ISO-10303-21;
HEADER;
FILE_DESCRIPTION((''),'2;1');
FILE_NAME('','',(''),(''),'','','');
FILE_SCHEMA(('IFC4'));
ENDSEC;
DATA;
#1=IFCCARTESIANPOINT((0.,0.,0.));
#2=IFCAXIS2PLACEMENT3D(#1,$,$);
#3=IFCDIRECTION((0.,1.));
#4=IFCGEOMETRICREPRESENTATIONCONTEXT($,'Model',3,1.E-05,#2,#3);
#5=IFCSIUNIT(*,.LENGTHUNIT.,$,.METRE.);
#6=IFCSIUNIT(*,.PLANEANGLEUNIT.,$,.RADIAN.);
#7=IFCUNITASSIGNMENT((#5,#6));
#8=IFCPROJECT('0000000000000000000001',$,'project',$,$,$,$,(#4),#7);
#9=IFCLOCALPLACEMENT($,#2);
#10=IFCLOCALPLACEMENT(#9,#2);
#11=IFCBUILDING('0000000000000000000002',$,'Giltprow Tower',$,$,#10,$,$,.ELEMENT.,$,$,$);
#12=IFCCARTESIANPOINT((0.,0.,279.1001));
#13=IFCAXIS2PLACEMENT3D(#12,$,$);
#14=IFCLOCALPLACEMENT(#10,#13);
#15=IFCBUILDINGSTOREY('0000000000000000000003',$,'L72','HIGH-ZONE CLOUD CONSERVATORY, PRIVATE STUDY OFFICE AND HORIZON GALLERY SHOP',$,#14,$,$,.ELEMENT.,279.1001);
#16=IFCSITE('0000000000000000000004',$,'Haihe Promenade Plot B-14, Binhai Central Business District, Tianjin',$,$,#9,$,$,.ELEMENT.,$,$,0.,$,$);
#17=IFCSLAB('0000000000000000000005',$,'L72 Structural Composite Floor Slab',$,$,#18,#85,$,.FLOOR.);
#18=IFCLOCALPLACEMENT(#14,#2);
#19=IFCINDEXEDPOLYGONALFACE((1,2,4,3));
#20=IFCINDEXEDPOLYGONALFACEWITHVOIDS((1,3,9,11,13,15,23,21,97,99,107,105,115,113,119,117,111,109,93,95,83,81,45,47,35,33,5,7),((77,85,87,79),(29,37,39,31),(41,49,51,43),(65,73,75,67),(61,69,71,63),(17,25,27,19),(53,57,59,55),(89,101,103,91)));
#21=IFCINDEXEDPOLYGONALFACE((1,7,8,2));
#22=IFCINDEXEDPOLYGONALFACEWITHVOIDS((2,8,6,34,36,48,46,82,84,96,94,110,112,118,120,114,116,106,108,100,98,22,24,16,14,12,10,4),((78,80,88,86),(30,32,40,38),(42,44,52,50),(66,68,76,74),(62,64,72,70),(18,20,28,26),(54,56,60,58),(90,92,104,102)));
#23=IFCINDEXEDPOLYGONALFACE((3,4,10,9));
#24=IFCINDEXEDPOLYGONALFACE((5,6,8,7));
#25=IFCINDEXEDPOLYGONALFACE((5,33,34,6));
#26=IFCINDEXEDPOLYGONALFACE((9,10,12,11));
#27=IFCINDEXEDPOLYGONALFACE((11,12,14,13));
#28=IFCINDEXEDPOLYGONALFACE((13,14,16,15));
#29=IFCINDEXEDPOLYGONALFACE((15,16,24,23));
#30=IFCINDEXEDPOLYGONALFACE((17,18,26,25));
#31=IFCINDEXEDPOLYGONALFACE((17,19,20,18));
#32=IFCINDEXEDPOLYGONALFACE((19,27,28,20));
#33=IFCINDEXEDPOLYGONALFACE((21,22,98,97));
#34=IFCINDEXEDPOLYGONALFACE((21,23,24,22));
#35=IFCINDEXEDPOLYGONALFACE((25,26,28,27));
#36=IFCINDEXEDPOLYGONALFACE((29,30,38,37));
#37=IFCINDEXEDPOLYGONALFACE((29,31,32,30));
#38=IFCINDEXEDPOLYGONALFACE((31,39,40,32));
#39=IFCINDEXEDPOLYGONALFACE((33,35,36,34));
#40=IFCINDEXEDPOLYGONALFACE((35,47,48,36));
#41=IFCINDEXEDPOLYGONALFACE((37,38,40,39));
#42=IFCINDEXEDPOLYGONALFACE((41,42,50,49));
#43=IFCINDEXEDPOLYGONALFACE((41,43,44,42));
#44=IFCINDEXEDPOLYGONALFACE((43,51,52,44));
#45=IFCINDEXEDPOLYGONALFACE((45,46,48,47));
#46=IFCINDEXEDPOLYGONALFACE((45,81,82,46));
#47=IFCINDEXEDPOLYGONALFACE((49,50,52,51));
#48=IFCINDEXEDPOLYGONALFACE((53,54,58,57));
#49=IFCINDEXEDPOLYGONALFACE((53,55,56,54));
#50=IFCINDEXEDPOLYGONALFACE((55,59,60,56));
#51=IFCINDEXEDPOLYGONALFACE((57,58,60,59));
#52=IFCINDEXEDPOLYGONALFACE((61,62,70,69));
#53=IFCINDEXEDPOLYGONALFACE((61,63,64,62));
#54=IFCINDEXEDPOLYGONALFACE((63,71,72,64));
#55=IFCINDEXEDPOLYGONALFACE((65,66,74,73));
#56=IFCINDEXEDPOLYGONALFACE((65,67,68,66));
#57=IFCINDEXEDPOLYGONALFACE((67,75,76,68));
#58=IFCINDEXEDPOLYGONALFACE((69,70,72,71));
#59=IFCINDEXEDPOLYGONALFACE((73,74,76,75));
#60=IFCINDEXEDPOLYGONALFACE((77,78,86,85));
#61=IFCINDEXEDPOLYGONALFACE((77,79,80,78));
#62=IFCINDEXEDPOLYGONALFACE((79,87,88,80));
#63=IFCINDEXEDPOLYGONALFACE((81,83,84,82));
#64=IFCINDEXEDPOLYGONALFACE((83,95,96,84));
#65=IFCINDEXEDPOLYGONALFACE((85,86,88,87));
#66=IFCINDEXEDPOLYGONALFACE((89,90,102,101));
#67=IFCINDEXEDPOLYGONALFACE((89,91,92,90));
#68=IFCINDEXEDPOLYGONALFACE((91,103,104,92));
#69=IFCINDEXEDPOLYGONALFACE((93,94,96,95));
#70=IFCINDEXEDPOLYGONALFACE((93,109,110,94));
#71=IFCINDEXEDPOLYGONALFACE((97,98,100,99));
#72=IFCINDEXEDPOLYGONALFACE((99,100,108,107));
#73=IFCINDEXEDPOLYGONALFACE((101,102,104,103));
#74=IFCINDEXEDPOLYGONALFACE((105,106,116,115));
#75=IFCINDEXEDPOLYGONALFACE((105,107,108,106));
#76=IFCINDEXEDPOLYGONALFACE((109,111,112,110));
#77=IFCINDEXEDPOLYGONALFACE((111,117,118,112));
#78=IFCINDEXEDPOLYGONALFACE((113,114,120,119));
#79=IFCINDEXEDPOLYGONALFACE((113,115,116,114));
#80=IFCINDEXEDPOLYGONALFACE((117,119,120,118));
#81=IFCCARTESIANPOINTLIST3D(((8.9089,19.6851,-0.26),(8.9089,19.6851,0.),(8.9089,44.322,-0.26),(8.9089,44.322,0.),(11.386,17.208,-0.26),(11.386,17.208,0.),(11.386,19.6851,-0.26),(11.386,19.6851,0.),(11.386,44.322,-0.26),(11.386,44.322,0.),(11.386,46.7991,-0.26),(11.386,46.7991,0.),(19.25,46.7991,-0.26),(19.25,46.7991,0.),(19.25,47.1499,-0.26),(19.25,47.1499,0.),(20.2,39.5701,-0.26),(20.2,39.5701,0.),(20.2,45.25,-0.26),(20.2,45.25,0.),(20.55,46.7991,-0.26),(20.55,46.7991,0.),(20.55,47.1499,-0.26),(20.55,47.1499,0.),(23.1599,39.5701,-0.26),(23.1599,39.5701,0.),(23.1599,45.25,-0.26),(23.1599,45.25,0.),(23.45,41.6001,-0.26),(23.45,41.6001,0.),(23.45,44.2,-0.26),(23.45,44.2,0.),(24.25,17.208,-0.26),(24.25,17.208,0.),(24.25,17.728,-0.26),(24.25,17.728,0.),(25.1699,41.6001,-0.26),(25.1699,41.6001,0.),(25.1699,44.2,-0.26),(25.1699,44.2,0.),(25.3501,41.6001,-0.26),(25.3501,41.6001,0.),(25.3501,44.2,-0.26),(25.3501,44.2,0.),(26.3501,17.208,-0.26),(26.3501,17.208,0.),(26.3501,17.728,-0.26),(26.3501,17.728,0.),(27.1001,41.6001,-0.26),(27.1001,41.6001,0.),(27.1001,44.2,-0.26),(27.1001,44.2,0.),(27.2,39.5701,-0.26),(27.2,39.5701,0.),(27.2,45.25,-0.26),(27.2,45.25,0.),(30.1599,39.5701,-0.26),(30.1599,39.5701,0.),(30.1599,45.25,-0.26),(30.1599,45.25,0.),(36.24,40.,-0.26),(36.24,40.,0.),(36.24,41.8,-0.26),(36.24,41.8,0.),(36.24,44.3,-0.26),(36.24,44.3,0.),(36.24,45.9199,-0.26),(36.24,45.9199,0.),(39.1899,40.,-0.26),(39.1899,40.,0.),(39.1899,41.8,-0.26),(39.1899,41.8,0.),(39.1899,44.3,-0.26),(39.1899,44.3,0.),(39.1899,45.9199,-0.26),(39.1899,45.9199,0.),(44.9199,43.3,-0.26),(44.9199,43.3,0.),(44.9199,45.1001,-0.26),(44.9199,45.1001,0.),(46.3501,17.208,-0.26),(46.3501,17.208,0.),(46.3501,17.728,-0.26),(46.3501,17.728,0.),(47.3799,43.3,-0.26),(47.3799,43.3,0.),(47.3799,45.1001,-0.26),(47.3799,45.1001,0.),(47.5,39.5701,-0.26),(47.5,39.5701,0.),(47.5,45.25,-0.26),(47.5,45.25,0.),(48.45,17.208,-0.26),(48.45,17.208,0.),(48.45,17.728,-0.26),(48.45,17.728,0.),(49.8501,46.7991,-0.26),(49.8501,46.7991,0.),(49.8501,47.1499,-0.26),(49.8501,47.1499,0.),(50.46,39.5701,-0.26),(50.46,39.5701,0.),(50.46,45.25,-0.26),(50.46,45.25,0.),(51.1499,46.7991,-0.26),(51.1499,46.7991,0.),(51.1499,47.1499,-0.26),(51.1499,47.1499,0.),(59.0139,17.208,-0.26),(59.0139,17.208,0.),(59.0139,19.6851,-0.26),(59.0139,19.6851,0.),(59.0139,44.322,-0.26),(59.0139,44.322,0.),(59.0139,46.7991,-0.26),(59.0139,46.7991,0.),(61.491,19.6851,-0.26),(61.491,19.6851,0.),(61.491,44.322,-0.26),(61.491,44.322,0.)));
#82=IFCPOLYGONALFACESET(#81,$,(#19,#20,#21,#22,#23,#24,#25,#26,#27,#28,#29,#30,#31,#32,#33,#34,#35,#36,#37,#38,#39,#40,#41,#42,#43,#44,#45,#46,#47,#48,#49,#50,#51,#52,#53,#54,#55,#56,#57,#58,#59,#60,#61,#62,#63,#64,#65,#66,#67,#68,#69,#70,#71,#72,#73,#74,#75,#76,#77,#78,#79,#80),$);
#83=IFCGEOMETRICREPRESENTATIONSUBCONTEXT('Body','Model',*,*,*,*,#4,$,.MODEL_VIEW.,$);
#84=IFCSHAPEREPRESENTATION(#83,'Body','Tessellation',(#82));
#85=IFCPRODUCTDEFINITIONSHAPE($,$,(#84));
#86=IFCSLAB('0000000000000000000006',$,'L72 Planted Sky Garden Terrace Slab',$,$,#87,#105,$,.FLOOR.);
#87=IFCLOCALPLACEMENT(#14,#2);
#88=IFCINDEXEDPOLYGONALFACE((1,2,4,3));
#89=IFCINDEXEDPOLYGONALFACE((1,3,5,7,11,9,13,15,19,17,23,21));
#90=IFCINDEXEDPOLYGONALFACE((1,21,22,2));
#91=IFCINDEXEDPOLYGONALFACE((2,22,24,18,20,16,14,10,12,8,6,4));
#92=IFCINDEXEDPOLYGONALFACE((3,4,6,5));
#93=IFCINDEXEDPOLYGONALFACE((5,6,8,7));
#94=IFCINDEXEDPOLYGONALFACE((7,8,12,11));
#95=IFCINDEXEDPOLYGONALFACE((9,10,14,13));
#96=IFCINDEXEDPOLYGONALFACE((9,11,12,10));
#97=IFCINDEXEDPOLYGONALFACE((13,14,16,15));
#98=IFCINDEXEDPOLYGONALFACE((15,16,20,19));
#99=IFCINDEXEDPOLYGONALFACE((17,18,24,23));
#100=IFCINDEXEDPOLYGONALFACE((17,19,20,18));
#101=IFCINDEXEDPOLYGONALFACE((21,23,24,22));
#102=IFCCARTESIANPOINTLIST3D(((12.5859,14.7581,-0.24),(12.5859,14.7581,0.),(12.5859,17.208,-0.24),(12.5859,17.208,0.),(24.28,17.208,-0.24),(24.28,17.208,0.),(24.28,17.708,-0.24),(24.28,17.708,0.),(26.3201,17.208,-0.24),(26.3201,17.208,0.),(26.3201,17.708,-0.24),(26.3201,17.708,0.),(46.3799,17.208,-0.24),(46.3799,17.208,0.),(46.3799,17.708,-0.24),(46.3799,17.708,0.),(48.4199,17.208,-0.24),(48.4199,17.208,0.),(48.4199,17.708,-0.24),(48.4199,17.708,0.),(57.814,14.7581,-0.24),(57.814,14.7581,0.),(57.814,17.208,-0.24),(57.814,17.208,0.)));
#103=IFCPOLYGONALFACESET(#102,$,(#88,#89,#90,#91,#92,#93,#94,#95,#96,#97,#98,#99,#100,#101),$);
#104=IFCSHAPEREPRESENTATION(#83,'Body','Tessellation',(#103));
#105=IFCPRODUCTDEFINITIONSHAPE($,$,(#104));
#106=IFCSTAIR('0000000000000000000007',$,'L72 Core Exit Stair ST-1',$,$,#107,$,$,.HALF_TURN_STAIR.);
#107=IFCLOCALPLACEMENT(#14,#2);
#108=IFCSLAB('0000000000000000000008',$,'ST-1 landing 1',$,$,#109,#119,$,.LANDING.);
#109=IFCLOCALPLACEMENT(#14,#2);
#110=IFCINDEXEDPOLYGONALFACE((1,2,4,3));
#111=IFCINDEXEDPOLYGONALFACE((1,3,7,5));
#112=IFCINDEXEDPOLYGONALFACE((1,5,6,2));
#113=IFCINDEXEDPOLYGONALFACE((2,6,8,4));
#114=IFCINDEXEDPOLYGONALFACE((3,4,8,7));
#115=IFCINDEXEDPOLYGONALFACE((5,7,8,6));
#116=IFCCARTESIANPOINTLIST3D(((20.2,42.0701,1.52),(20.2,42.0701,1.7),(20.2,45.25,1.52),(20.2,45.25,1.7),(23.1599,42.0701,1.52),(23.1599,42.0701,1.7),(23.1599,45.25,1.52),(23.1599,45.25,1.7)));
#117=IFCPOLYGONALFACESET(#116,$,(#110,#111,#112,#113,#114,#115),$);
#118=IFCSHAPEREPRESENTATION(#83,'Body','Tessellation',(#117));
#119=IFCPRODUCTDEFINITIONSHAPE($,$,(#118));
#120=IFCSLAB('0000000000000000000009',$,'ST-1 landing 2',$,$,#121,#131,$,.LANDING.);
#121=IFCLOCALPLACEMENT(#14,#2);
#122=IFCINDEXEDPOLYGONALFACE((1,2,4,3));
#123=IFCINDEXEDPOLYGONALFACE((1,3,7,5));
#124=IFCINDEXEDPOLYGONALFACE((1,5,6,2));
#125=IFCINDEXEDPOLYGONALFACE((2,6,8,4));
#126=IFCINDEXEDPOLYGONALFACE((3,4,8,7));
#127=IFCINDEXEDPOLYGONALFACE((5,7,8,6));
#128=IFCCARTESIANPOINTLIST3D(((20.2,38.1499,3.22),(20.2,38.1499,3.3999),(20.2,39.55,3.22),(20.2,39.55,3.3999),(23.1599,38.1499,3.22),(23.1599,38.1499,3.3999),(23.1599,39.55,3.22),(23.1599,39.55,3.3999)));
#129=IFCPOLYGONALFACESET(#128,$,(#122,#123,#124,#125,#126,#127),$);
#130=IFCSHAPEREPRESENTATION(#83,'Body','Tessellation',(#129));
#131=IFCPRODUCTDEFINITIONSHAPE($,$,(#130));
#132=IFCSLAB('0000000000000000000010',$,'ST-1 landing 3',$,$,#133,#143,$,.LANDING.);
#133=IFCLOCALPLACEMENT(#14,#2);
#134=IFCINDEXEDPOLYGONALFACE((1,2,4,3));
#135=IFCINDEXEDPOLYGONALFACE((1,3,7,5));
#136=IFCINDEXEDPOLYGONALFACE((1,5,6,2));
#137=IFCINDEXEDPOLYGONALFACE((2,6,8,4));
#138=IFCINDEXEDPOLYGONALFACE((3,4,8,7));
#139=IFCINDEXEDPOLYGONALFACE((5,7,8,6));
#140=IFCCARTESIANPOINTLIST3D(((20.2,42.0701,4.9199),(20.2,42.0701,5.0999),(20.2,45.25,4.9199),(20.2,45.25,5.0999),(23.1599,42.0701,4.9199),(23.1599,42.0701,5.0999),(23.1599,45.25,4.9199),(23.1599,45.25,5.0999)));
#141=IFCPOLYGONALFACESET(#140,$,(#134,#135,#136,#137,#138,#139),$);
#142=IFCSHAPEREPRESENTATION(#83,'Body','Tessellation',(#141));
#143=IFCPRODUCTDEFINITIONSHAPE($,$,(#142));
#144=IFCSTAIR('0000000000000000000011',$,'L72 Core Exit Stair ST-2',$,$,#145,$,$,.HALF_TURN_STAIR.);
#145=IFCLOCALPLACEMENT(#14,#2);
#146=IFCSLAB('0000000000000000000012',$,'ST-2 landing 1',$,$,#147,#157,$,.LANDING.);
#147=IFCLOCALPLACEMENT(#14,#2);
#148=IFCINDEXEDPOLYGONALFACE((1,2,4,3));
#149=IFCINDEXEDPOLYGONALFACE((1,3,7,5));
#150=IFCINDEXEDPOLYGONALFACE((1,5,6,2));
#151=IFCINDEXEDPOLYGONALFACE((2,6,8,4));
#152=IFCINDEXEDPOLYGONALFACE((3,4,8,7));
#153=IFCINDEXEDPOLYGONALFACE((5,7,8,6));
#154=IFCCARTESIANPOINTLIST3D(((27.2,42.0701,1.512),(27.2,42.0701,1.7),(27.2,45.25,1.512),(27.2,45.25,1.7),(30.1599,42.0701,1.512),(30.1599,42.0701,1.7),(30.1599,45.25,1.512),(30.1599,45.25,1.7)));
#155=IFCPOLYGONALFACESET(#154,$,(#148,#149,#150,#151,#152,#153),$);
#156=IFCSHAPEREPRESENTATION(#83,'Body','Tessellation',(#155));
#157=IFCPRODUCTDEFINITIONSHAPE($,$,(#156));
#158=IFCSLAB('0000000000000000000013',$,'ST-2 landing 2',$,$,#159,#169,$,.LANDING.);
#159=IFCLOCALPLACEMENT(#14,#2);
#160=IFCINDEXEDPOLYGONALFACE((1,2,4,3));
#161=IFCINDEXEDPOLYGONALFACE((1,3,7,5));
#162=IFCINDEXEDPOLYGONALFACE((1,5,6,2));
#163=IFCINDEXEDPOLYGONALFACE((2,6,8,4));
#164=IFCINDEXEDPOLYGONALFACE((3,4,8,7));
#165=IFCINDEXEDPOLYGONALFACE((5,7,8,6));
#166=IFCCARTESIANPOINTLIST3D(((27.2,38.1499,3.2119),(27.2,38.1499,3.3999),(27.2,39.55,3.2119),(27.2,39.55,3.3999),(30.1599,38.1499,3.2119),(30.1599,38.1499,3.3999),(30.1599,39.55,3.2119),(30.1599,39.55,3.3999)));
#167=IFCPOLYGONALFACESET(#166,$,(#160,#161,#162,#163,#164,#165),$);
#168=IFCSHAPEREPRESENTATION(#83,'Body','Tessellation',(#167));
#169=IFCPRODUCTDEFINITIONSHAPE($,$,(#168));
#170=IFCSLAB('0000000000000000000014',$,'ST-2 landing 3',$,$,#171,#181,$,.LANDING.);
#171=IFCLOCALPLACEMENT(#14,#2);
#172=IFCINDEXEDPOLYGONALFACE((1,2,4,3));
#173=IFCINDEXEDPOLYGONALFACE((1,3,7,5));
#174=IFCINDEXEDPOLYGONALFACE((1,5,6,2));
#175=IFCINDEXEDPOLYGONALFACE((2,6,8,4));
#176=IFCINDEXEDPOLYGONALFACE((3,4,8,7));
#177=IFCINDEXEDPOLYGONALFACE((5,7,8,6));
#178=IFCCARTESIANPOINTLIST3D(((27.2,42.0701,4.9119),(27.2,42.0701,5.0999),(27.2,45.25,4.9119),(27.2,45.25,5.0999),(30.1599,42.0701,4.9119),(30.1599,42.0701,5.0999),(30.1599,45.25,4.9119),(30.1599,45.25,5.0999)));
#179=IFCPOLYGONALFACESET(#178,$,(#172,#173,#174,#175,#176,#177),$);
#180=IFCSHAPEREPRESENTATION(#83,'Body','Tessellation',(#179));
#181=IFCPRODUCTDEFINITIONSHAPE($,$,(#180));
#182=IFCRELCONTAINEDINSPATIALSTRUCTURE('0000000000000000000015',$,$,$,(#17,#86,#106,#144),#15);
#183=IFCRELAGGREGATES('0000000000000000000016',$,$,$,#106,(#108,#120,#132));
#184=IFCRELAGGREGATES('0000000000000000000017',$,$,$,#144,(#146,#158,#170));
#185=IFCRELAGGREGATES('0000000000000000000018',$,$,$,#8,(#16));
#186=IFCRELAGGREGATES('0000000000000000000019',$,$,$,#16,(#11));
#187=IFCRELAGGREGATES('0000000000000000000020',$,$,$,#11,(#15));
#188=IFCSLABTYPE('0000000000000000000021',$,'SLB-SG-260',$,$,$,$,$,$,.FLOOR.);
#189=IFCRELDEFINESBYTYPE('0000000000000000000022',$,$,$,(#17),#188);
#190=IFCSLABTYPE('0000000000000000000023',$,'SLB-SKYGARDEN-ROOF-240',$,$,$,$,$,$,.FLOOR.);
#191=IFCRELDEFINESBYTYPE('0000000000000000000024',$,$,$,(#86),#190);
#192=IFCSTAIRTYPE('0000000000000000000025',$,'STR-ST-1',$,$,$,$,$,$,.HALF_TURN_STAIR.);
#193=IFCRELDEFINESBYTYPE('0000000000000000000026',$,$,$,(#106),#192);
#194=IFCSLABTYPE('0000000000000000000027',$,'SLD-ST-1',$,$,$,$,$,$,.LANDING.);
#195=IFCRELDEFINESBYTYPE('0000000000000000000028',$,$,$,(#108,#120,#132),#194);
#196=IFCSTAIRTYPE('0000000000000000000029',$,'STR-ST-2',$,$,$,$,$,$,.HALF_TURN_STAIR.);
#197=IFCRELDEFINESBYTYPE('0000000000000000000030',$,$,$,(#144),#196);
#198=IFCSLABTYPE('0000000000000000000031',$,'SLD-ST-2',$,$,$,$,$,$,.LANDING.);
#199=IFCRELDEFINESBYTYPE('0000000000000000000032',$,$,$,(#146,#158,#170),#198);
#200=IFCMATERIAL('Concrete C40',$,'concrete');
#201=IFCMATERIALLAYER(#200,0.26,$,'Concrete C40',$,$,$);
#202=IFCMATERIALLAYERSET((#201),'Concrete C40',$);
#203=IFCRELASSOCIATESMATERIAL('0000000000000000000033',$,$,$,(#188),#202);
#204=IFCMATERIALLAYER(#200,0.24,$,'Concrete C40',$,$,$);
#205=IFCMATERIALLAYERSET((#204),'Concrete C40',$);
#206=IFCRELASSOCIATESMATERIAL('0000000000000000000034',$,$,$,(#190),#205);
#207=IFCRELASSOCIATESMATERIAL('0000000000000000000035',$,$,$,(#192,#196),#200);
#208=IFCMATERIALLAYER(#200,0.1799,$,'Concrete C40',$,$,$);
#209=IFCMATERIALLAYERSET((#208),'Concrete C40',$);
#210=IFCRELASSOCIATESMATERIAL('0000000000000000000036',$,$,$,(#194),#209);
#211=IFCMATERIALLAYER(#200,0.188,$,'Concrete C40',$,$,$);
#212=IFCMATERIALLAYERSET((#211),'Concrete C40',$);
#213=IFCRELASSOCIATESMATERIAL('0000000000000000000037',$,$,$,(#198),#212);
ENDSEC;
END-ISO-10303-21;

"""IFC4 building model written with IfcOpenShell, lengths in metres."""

from ifc_helpers import new_model, si_unit, direction, frame, origin, place, context, subcontext, project, spatial, polyline, outline, extrude, material, layer, layer_set, type_object, element, aggregate, save


model = new_model("IFC4")

# Units and contexts
model_context = context("Model", 3, precision=1e-05, world=origin(), true_north=direction((0.0, 1.0)))
body_context = subcontext(model_context, "Body", "Model", "MODEL_VIEW")
ifc_project = project(units=[si_unit("LENGTHUNIT", "METRE"), si_unit("PLANEANGLEUNIT", "RADIAN")], contexts=[model_context])

# Site, building, storey
site_placement = place(None, origin())
site = spatial("IfcSite", under=ifc_project, at=site_placement, Name="Haihe Promenade Plot B-14, Binhai Central Business District, Tianjin", CompositionType="ELEMENT", RefElevation=0.0)
building_placement = place(site_placement, origin())
building = spatial("IfcBuilding", under=site, at=building_placement, Name="Giltprow Tower", CompositionType="ELEMENT")
storey_placement = place(building_placement, frame((0.0, 0.0, 279.1001)))
storey = spatial("IfcBuildingStorey", under=building, at=storey_placement, Name="L72", Description="HIGH-ZONE CLOUD CONSERVATORY, PRIVATE STUDY OFFICE AND HORIZON GALLERY SHOP", CompositionType="ELEMENT", Elevation=279.1001)

# Slabs
ifc_material_1 = material(Name="Concrete C40", Category="concrete")
ifc_layer_1 = layer(ifc_material_1, 0.26, Name="Concrete C40")
ifc_layer_set_1 = layer_set([ifc_layer_1], Name="Concrete C40")
slab_type_1 = type_object("IfcSlabType", Name="SLB-SG-260", PredefinedType="FLOOR", material=ifc_layer_set_1)
slab_1_placement = place(storey_placement, frame((0.0, 0.0, -0.26)))
element("IfcSlab", 1, at=slab_1_placement, inside=storey, type_object=slab_type_1, Name="L72 Structural Composite Floor Slab", PredefinedType="FLOOR", context=body_context, shape_type="SweptSolid", body=[
    extrude(outline(polyline([(61.491, 44.322), (61.491, 19.6851), (59.0139, 19.6851), (59.0139, 17.208), (48.45, 17.208), (48.45, 17.728), (46.3501, 17.728), (46.3501, 17.208), (26.3501, 17.208), (26.3501, 17.728), (24.25, 17.728), (24.25, 17.208), (11.386, 17.208), (11.386, 19.6851), (8.9089, 19.6851), (8.9089, 44.322), (11.386, 44.322), (11.386, 46.7991), (19.25, 46.7991), (19.25, 47.1499), (20.55, 47.1499), (20.55, 46.7991), (49.8501, 46.7991), (49.8501, 47.1499), (51.1499, 47.1499), (51.1499, 46.7991), (59.0139, 46.7991), (59.0139, 44.322), (61.491, 44.322)]), holes=[polyline([(39.1899, 41.8), (36.24, 41.8), (36.24, 40.0), (39.1899, 40.0), (39.1899, 41.8)]), polyline([(23.1599, 39.5701), (23.1599, 45.25), (20.2, 45.25), (20.2, 39.5701), (23.1599, 39.5701)]), polyline([(30.1599, 39.5701), (30.1599, 45.25), (27.2, 45.25), (27.2, 39.5701), (30.1599, 39.5701)]), polyline([(50.46, 45.25), (47.5, 45.25), (47.5, 39.5701), (50.46, 39.5701), (50.46, 45.25)]), polyline([(25.1699, 44.2), (23.45, 44.2), (23.45, 41.6001), (25.1699, 41.6001), (25.1699, 44.2)]), polyline([(27.1001, 44.2), (25.3501, 44.2), (25.3501, 41.6001), (27.1001, 41.6001), (27.1001, 44.2)]), polyline([(47.3799, 43.3), (47.3799, 45.1001), (44.9199, 45.1001), (44.9199, 43.3), (47.3799, 43.3)]), polyline([(39.1899, 44.3), (39.1899, 45.9199), (36.24, 45.9199), (36.24, 44.3), (39.1899, 44.3)])]), origin(), (0.0, 0.0, 1.0), 0.26),
])
ifc_layer_2 = layer(ifc_material_1, 0.24, Name="Concrete C40")
ifc_layer_set_2 = layer_set([ifc_layer_2], Name="Concrete C40")
slab_type_2 = type_object("IfcSlabType", Name="SLB-SKYGARDEN-ROOF-240", PredefinedType="FLOOR", material=ifc_layer_set_2)
slab_2_placement = place(storey_placement, frame((0.0, 0.0, -0.24)))
element("IfcSlab", 2, at=slab_2_placement, inside=storey, type_object=slab_type_2, Name="L72 Planted Sky Garden Terrace Slab", PredefinedType="FLOOR", context=body_context, shape_type="SweptSolid", body=[
    extrude(outline(polyline([(57.814, 17.208), (57.814, 14.7581), (12.5859, 14.7581), (12.5859, 17.208), (24.28, 17.208), (24.28, 17.708), (26.3201, 17.708), (26.3201, 17.208), (46.3799, 17.208), (46.3799, 17.708), (48.4199, 17.708), (48.4199, 17.208), (57.814, 17.208)])), origin(), (0.0, 0.0, 1.0), 0.24),
])

# Stairs, slabs
stair_type_1 = type_object("IfcStairType", Name="STR-ST-1", PredefinedType="HALF_TURN_STAIR", material=ifc_material_1)
stair_1_placement = place(storey_placement, origin())
stair_1 = element("IfcStair", 3, at=stair_1_placement, inside=storey, type_object=stair_type_1, Name="L72 Core Exit Stair ST-1", PredefinedType="HALF_TURN_STAIR")
ifc_layer_3 = layer(ifc_material_1, 0.1799, Name="Concrete C40")
ifc_layer_set_3 = layer_set([ifc_layer_3], Name="Concrete C40")
slab_type_3 = type_object("IfcSlabType", Name="SLD-ST-1", PredefinedType="LANDING", material=ifc_layer_set_3)
slab_3_placement = place(storey_placement, frame((0.0, 0.0, 1.52)))
slab_3 = element("IfcSlab", 4, at=slab_3_placement, type_object=slab_type_3, Name="ST-1 landing 1", PredefinedType="LANDING", context=body_context, shape_type="SweptSolid", body=[
    extrude(outline(polyline([(23.1599, 42.0701), (23.1599, 45.25), (20.2, 45.25), (20.2, 42.0701), (23.1599, 42.0701)])), origin(), (0.0, 0.0, 1.0), 0.1799),
])
slab_4_placement = place(storey_placement, frame((0.0, 0.0, 3.22)))
slab_4 = element("IfcSlab", 5, at=slab_4_placement, type_object=slab_type_3, Name="ST-1 landing 2", PredefinedType="LANDING", context=body_context, shape_type="SweptSolid", body=[
    extrude(outline(polyline([(23.1599, 38.1499), (23.1599, 39.55), (20.2, 39.55), (20.2, 38.1499), (23.1599, 38.1499)])), origin(), (0.0, 0.0, 1.0), 0.1799),
])
slab_5_placement = place(storey_placement, frame((0.0, 0.0, 4.9199)))
slab_5 = element("IfcSlab", 6, at=slab_5_placement, type_object=slab_type_3, Name="ST-1 landing 3", PredefinedType="LANDING", context=body_context, shape_type="SweptSolid", body=[
    extrude(outline(polyline([(23.1599, 42.0701), (23.1599, 45.25), (20.2, 45.25), (20.2, 42.0701), (23.1599, 42.0701)])), origin(), (0.0, 0.0, 1.0), 0.1799),
])
aggregate(stair_1, [slab_3, slab_4, slab_5])
stair_type_2 = type_object("IfcStairType", Name="STR-ST-2", PredefinedType="HALF_TURN_STAIR", material=ifc_material_1)
stair_2_placement = place(storey_placement, origin())
stair_2 = element("IfcStair", 7, at=stair_2_placement, inside=storey, type_object=stair_type_2, Name="L72 Core Exit Stair ST-2", PredefinedType="HALF_TURN_STAIR")
ifc_layer_4 = layer(ifc_material_1, 0.188, Name="Concrete C40")
ifc_layer_set_4 = layer_set([ifc_layer_4], Name="Concrete C40")
slab_type_4 = type_object("IfcSlabType", Name="SLD-ST-2", PredefinedType="LANDING", material=ifc_layer_set_4)
slab_6_placement = place(storey_placement, frame((0.0, 0.0, 1.512)))
slab_6 = element("IfcSlab", 8, at=slab_6_placement, type_object=slab_type_4, Name="ST-2 landing 1", PredefinedType="LANDING", context=body_context, shape_type="SweptSolid", body=[
    extrude(outline(polyline([(30.1599, 42.0701), (30.1599, 45.25), (27.2, 45.25), (27.2, 42.0701), (30.1599, 42.0701)])), origin(), (0.0, 0.0, 1.0), 0.188),
])
slab_7_placement = place(storey_placement, frame((0.0, 0.0, 3.2119)))
slab_7 = element("IfcSlab", 9, at=slab_7_placement, type_object=slab_type_4, Name="ST-2 landing 2", PredefinedType="LANDING", context=body_context, shape_type="SweptSolid", body=[
    extrude(outline(polyline([(30.1599, 38.1499), (30.1599, 39.55), (27.2, 39.55), (27.2, 38.1499), (30.1599, 38.1499)])), origin(), (0.0, 0.0, 1.0), 0.188),
])
slab_8_placement = place(storey_placement, frame((0.0, 0.0, 4.9119)))
slab_8 = element("IfcSlab", 10, at=slab_8_placement, type_object=slab_type_4, Name="ST-2 landing 3", PredefinedType="LANDING", context=body_context, shape_type="SweptSolid", body=[
    extrude(outline(polyline([(30.1599, 42.0701), (30.1599, 45.25), (27.2, 45.25), (27.2, 42.0701), (30.1599, 42.0701)])), origin(), (0.0, 0.0, 1.0), 0.188),
])
aggregate(stair_2, [slab_6, slab_7, slab_8])

save(model, "model.ifc")
